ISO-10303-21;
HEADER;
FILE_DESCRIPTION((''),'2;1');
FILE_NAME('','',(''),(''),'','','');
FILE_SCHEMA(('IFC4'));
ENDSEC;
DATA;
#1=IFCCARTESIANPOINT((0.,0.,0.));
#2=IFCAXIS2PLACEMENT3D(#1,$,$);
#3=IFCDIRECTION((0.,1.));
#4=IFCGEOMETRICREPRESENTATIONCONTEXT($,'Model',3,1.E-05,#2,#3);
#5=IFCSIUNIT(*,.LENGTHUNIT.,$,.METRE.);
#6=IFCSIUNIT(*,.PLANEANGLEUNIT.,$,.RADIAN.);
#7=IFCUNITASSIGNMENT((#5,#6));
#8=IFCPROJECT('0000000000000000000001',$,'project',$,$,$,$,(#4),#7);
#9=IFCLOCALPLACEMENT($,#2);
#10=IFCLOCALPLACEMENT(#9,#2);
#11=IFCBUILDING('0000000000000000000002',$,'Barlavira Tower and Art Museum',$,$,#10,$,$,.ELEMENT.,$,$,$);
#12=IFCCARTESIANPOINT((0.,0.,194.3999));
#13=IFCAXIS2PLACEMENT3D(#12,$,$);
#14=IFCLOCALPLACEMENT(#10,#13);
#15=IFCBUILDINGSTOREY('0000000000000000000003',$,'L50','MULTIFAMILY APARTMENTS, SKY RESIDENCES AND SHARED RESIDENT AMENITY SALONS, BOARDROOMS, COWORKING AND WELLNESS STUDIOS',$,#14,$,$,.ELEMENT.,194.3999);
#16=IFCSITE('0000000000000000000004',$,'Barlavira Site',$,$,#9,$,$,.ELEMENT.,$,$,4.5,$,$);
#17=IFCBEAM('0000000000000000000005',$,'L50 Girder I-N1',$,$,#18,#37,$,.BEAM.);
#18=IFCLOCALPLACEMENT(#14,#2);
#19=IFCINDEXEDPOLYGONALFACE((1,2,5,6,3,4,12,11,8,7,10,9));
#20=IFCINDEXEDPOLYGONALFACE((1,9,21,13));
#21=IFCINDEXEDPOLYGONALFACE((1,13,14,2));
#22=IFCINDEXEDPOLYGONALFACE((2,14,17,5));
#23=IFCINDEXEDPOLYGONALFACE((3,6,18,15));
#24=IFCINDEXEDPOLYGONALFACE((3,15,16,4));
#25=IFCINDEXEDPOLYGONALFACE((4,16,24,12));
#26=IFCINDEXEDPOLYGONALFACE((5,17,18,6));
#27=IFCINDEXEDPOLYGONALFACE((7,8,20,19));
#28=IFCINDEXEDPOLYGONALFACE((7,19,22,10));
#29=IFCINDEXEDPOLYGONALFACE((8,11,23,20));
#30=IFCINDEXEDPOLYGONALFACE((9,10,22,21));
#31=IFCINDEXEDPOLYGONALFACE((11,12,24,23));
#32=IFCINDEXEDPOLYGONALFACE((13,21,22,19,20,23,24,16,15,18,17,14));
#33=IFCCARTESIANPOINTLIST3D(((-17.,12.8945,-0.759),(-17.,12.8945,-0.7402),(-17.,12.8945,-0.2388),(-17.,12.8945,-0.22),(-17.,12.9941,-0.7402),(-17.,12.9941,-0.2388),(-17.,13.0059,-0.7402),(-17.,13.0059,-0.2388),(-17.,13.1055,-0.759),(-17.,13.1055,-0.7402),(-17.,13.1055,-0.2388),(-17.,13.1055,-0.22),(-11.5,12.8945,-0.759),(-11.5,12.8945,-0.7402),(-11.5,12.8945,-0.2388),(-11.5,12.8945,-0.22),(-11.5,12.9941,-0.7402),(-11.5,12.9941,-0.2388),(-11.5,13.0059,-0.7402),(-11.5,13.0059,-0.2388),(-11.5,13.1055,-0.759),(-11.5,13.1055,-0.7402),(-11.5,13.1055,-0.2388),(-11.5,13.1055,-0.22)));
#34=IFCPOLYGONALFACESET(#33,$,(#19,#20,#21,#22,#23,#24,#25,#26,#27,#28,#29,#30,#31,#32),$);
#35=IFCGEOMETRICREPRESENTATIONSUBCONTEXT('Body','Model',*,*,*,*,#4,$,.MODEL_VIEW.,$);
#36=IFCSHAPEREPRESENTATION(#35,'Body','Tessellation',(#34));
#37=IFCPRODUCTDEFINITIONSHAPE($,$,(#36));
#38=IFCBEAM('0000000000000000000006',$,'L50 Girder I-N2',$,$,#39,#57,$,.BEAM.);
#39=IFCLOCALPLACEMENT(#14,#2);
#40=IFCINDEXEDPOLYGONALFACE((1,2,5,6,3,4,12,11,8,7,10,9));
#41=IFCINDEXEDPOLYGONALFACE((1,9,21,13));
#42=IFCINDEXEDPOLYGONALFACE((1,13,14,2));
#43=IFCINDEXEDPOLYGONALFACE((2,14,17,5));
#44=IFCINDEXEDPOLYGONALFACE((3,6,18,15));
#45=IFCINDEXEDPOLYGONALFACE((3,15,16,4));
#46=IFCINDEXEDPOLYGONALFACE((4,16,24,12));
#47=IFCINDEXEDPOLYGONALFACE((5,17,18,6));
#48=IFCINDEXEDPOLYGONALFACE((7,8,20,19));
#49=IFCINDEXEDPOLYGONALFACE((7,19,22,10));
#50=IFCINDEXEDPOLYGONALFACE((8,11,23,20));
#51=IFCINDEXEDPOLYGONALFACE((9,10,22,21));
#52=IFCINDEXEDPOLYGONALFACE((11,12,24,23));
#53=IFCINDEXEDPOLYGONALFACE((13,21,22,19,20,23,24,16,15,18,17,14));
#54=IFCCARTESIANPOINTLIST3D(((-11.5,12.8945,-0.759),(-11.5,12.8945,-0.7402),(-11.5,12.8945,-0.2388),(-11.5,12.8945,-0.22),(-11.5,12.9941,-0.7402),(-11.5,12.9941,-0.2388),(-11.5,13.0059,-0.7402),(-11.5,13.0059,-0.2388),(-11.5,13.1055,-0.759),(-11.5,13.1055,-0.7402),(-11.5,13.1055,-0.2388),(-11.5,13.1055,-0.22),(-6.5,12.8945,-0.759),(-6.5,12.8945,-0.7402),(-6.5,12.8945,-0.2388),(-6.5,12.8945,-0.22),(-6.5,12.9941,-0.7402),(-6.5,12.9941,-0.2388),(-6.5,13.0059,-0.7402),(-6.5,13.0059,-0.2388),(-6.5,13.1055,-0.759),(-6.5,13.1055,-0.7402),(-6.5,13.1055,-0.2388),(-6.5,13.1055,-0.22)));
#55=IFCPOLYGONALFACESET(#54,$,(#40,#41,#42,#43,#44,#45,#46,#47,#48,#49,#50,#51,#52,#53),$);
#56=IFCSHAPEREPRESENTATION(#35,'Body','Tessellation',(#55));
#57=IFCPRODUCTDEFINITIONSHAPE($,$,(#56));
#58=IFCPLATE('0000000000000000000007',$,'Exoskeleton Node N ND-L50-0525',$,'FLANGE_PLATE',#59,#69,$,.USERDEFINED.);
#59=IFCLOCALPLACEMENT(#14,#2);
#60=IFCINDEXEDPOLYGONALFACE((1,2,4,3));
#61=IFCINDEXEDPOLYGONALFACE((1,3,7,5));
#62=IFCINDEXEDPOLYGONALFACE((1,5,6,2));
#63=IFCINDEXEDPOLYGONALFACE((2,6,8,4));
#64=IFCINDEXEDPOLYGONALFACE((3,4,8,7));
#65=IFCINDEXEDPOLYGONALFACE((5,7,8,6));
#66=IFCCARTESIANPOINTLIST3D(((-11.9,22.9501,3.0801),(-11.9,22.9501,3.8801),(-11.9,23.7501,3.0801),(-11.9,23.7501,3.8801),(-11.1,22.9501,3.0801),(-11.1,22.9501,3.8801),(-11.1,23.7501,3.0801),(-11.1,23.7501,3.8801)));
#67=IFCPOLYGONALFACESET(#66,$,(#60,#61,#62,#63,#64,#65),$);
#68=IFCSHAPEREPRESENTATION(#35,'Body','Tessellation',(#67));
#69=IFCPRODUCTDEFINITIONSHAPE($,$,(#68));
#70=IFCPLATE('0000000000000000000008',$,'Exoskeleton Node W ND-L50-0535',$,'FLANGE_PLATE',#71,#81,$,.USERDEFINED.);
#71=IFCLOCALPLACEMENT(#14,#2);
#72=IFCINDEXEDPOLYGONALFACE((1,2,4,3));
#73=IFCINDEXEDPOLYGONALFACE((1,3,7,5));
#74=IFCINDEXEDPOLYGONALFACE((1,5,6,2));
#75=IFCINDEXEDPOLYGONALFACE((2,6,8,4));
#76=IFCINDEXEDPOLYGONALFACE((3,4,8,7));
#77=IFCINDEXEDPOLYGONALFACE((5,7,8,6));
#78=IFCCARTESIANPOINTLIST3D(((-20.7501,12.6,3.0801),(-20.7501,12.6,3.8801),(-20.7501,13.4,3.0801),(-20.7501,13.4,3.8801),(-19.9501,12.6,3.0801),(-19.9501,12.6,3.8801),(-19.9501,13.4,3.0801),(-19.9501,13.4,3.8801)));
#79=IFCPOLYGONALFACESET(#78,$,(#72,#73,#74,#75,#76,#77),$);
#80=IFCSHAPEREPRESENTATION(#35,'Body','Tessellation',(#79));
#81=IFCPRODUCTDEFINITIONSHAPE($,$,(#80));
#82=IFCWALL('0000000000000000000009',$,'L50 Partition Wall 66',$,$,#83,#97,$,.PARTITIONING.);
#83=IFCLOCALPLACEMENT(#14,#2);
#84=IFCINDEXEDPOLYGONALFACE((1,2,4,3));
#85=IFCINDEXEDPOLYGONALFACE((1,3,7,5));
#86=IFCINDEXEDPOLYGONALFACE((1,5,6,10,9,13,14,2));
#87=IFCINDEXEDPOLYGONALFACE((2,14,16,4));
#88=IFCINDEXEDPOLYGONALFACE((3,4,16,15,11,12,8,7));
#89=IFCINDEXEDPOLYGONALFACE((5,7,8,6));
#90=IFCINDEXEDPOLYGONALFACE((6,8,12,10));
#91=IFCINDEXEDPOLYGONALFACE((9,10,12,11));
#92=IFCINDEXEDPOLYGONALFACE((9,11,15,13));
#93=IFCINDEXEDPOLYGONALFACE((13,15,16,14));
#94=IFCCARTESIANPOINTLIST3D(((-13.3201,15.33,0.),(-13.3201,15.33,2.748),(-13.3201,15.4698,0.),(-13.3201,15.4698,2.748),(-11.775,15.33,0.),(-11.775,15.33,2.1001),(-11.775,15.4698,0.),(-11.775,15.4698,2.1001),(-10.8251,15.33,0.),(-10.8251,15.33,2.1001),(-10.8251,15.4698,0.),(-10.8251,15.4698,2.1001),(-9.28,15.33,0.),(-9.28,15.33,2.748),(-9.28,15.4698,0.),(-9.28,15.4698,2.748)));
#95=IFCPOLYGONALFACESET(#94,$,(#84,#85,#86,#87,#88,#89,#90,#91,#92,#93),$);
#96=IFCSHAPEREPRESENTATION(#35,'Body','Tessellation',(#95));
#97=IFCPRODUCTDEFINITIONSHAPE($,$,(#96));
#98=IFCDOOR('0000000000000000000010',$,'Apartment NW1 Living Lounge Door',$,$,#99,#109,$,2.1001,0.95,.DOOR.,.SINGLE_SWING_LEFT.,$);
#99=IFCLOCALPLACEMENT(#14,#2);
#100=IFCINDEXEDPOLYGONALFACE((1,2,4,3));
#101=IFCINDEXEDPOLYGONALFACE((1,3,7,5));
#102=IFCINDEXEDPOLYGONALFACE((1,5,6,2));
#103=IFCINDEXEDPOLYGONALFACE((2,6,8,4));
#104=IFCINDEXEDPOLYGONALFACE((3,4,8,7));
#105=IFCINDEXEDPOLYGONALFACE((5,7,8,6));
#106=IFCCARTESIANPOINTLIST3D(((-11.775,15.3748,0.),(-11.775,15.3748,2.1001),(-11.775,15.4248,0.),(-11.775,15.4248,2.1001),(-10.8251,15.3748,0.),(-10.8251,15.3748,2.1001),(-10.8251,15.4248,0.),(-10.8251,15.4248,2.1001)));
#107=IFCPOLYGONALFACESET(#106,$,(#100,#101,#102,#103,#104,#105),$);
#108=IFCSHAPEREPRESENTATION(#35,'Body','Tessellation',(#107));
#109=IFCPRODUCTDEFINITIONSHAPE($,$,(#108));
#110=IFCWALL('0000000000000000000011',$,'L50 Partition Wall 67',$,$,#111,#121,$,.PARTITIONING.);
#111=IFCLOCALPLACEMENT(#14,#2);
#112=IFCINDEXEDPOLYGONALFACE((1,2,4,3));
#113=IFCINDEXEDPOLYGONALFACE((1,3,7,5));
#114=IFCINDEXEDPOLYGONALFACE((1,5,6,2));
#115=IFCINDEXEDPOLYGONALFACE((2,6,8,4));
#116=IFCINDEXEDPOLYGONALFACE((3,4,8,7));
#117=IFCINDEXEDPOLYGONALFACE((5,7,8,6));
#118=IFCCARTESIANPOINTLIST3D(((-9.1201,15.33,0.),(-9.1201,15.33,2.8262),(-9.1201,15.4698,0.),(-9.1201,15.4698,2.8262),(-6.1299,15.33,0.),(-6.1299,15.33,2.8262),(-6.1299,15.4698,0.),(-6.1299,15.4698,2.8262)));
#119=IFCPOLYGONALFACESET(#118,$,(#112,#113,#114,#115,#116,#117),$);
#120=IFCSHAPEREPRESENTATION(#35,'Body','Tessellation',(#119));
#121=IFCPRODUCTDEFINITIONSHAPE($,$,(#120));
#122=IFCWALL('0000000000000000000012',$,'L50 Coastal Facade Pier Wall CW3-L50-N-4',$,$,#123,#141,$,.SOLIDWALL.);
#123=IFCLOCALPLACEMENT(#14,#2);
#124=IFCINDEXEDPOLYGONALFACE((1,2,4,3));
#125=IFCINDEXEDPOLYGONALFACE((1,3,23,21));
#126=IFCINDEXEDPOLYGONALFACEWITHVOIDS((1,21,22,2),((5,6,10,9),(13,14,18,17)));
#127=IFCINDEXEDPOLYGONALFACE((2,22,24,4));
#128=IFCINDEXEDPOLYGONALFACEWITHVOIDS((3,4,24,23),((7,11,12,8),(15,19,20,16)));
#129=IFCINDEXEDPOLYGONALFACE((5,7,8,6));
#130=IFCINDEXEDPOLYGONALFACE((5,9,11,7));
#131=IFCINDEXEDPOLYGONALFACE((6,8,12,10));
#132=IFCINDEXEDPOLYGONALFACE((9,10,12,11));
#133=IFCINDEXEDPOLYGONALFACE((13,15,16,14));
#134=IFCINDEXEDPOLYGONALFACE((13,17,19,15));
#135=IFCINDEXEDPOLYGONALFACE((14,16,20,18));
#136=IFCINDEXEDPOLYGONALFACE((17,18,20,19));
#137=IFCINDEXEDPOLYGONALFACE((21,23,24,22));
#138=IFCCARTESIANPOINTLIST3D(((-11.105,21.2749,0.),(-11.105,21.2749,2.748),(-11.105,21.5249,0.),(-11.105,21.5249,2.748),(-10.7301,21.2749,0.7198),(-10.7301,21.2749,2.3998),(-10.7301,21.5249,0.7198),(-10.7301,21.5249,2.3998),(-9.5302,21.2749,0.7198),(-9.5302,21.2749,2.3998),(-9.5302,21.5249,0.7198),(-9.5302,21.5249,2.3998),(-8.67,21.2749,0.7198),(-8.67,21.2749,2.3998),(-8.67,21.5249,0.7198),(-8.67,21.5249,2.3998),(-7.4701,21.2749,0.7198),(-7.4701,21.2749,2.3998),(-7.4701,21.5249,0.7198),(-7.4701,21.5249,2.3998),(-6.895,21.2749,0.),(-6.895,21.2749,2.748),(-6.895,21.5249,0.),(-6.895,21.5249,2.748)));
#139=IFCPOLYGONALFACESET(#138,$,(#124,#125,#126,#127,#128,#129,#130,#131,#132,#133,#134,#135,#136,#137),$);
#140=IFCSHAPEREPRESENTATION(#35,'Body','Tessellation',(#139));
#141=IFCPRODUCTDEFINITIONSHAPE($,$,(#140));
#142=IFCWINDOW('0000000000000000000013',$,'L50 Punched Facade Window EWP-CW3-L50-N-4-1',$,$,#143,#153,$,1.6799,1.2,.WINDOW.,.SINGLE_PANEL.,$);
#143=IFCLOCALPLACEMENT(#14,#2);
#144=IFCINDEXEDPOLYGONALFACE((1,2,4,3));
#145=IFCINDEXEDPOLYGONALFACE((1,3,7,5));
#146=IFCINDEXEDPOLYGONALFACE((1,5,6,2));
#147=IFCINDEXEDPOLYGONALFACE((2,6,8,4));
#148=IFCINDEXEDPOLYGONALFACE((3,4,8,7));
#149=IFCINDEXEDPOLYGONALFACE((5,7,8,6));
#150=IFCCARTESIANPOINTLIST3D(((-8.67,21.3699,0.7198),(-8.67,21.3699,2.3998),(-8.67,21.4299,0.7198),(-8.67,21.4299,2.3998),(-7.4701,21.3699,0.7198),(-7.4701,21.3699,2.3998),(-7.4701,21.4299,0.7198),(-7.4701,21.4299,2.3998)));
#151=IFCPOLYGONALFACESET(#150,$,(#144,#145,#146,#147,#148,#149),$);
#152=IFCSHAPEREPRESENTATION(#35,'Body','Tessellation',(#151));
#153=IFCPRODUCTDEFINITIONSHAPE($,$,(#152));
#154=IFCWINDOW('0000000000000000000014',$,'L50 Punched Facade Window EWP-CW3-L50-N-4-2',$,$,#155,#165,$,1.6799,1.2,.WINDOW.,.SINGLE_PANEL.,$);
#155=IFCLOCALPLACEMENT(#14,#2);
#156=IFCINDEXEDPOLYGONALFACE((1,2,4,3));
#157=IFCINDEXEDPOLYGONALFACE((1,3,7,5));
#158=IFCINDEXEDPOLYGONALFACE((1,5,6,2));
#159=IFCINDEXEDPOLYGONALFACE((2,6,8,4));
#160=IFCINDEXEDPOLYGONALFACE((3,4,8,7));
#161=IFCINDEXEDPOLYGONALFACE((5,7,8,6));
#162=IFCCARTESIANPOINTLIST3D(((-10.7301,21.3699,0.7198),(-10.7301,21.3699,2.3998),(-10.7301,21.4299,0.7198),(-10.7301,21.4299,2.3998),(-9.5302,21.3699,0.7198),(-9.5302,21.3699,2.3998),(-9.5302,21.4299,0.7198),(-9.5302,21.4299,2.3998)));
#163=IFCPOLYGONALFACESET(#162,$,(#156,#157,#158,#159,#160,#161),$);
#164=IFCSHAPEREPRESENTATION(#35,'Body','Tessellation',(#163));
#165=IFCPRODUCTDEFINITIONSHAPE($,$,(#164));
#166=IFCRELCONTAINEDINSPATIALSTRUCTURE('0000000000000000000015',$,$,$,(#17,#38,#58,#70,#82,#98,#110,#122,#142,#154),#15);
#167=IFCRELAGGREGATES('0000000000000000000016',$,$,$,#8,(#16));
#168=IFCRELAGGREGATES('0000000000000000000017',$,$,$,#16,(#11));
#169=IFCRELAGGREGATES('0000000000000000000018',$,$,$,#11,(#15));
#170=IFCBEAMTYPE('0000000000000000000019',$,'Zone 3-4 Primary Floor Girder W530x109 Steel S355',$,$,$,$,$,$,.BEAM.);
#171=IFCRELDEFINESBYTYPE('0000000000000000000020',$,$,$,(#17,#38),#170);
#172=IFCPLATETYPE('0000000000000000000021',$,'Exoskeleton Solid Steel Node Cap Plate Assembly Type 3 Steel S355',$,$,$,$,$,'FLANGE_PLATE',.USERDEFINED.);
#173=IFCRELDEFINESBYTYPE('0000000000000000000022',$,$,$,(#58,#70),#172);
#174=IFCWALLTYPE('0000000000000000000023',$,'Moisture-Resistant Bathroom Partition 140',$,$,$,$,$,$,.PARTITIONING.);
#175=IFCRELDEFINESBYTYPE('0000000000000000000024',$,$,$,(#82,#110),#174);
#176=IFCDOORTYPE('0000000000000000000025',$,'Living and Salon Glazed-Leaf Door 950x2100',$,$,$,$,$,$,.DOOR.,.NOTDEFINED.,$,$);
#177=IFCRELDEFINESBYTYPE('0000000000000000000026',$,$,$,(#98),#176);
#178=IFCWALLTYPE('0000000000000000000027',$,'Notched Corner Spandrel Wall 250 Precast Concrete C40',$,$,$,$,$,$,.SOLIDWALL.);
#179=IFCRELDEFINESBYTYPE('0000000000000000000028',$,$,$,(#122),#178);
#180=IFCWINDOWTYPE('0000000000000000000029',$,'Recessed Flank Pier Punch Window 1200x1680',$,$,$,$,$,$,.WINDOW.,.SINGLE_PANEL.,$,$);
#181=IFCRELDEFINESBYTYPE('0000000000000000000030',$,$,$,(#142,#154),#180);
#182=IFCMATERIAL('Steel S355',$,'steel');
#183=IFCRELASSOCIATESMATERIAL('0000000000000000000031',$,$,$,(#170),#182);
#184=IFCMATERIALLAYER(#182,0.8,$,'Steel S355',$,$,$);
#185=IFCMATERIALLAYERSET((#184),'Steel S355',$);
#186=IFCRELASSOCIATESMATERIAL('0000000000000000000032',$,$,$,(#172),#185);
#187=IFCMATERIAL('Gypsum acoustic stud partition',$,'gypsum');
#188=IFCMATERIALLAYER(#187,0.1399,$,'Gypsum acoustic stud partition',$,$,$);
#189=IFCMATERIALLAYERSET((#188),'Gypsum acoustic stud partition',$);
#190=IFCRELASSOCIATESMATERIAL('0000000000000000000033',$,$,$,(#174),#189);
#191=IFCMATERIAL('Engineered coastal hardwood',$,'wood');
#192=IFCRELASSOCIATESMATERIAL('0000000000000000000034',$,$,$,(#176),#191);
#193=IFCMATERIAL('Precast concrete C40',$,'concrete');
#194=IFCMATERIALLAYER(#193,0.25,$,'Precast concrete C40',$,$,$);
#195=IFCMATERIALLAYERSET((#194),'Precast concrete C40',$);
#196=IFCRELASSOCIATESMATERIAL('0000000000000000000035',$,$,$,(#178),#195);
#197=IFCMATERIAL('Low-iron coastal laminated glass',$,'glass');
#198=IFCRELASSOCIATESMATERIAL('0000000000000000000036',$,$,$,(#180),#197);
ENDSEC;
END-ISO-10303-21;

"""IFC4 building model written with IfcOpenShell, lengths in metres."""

from ifc_helpers import new_model, si_unit, direction, frame, frame_2d, origin, origin_2d, place, context, subcontext, project, spatial, rectangle, i_section, extrude, material, layer, layer_set, material_profile, profile_set, type_object, element, fill, save


model = new_model("IFC4")

# Units and contexts
model_context = context("Model", 3, precision=1e-05, world=origin(), true_north=direction((0.0, 1.0)))
body_context = subcontext(model_context, "Body", "Model", "MODEL_VIEW")
ifc_project = project(units=[si_unit("LENGTHUNIT", "METRE"), si_unit("PLANEANGLEUNIT", "RADIAN")], contexts=[model_context])

# Site, building, storey
site_placement = place(None, origin())
site = spatial("IfcSite", under=ifc_project, at=site_placement, Name="Barlavira Site", CompositionType="ELEMENT", RefElevation=4.5)
building_placement = place(site_placement, origin())
building = spatial("IfcBuilding", under=site, at=building_placement, Name="Barlavira Tower and Art Museum", CompositionType="ELEMENT")
storey_placement = place(building_placement, frame((0.0, 0.0, 194.3999)))
storey = spatial("IfcBuildingStorey", under=building, at=storey_placement, Name="L50", Description="MULTIFAMILY APARTMENTS, SKY RESIDENCES AND SHARED RESIDENT AMENITY SALONS, BOARDROOMS, COWORKING AND WELLNESS STUDIOS", CompositionType="ELEMENT", Elevation=194.3999)

# Beams
ifc_material_1 = material(Name="Steel S355", Category="steel")
ifc_material_profile_1 = material_profile(ifc_material_1, i_section(OverallWidth=0.2109, OverallDepth=0.5391, WebThickness=0.0117, FlangeThickness=0.0188, at=origin_2d()), Name="W530x109.0")
ifc_profile_set_1 = profile_set([ifc_material_profile_1], Name="Steel S355")
beam_type_1 = type_object("IfcBeamType", Name="Zone 3-4 Primary Floor Girder W530x109 Steel S355", PredefinedType="BEAM", material=ifc_profile_set_1)
beam_1_placement = place(storey_placement, frame((-17.0, 13.0, -0.4895), z_axis=(1.0, 0.0, 0.0), x_axis=(0.0, 1.0, 0.0)))
element("IfcBeam", 1, at=beam_1_placement, inside=storey, type_object=beam_type_1, Name="L50 Girder I-N1", PredefinedType="BEAM", context=body_context, shape_type="SweptSolid", body=[
    extrude(i_section(OverallWidth=0.2109, OverallDepth=0.5391, WebThickness=0.0117, FlangeThickness=0.0188, at=origin_2d()), origin(), (0.0, 0.0, 1.0), 5.5),
])
beam_2_placement = place(storey_placement, frame((-11.5, 13.0, -0.4895), z_axis=(1.0, 0.0, 0.0), x_axis=(0.0, 1.0, 0.0)))
element("IfcBeam", 2, at=beam_2_placement, inside=storey, type_object=beam_type_1, Name="L50 Girder I-N2", PredefinedType="BEAM", context=body_context, shape_type="SweptSolid", body=[
    extrude(i_section(OverallWidth=0.2109, OverallDepth=0.5391, WebThickness=0.0117, FlangeThickness=0.0188, at=origin_2d()), origin(), (0.0, 0.0, 1.0), 5.0),
])

# Plates
ifc_layer_1 = layer(ifc_material_1, 0.8, Name="Steel S355")
ifc_layer_set_1 = layer_set([ifc_layer_1], Name="Steel S355")
plate_type = type_object("IfcPlateType", Name="Exoskeleton Solid Steel Node Cap Plate Assembly Type 3 Steel S355", ElementType="FLANGE_PLATE", PredefinedType="USERDEFINED", material=ifc_layer_set_1)
for number, where, z_axis, x_axis, name in (
    (3, (-11.5, 23.3501, 3.0801), (0.0, 0.0, 1.0), (1.0, 0.0, 0.0), "Exoskeleton Node N ND-L50-0525"),
    (4, (-20.3501, 13.0, 3.0801), (0.0, 0.0, 1.0), (1.0, 0.0, 0.0), "Exoskeleton Node W ND-L50-0535"),
):
    element("IfcPlate", number, at=place(storey_placement, frame(where, z_axis=z_axis, x_axis=x_axis)), inside=storey, type_object=plate_type, Name=name, ObjectType="FLANGE_PLATE", PredefinedType="USERDEFINED", context=body_context, shape_type="SweptSolid", body=[
        extrude(rectangle(XDim=0.8, YDim=0.8, at=origin_2d()), origin(), (0.0, 0.0, 1.0), 0.8),
    ])

# Wall, opening, door
ifc_material_2 = material(Name="Gypsum acoustic stud partition", Category="gypsum")
ifc_layer_2 = layer(ifc_material_2, 0.1399, Name="Gypsum acoustic stud partition")
ifc_layer_set_2 = layer_set([ifc_layer_2], Name="Gypsum acoustic stud partition")
wall_type_1 = type_object("IfcWallType", Name="Moisture-Resistant Bathroom Partition 140", PredefinedType="PARTITIONING", material=ifc_layer_set_2)
wall_1_placement = place(storey_placement, frame((-13.3201, 15.3999, 0.0), z_axis=(0.0, 0.0, 1.0), x_axis=(1.0, 0.0, 0.0)))
wall_1 = element("IfcWall", 5, at=wall_1_placement, inside=storey, type_object=wall_type_1, Name="L50 Partition Wall 66", PredefinedType="PARTITIONING", context=body_context, shape_type="SweptSolid", body=[
    extrude(rectangle(XDim=4.04, YDim=0.1399, at=frame_2d((2.02, 0.0))), origin(), (0.0, 0.0, 1.0), 2.748),
])
opening_1_placement = place(wall_1_placement, frame((1.5449, 0.0, 0.0)))
opening_1 = element("IfcOpeningElement", 6, at=opening_1_placement, cuts=wall_1, PredefinedType="OPENING", context=body_context, shape_type="SweptSolid", body=[
    extrude(rectangle(XDim=0.95, YDim=2.1001, at=frame_2d((0.4751, 1.05))), frame((0.0, 0.0801, 0.0), z_axis=(0.0, -1.0, 0.0), x_axis=(1.0, 0.0, 0.0)), (0.0, 0.0, 1.0), 0.1599),
])
ifc_material_3 = material(Name="Engineered coastal hardwood", Category="wood")
door_type = type_object("IfcDoorType", Name="Living and Salon Glazed-Leaf Door 950x2100", OperationType="NOTDEFINED", PredefinedType="DOOR", material=ifc_material_3)
door_placement = place(opening_1_placement, origin())
door = element("IfcDoor", 7, at=door_placement, inside=storey, type_object=door_type, Name="Apartment NW1 Living Lounge Door", OperationType="SINGLE_SWING_LEFT", OverallHeight=2.1001, OverallWidth=0.95, PredefinedType="DOOR", context=body_context, shape_type="SweptSolid", body=[
    extrude(rectangle(XDim=0.95, YDim=2.1001, at=frame_2d((0.4751, 1.05))), frame((0.0, 0.0249, 0.0), z_axis=(0.0, -1.0, 0.0), x_axis=(1.0, 0.0, 0.0)), (0.0, 0.0, 1.0), 0.05),
])
fill(opening_1, door)

# Wall
wall_2_placement = place(storey_placement, frame((-9.1201, 15.3999, 0.0), z_axis=(0.0, 0.0, 1.0), x_axis=(1.0, 0.0, 0.0)))
element("IfcWall", 8, at=wall_2_placement, inside=storey, type_object=wall_type_1, Name="L50 Partition Wall 67", PredefinedType="PARTITIONING", context=body_context, shape_type="SweptSolid", body=[
    extrude(rectangle(XDim=2.9902, YDim=0.1399, at=frame_2d((1.4951, 0.0))), origin(), (0.0, 0.0, 1.0), 2.8262),
])

# Wall, openings, windows
ifc_material_4 = material(Name="Precast concrete C40", Category="concrete")
ifc_layer_3 = layer(ifc_material_4, 0.25, Name="Precast concrete C40")
ifc_layer_set_3 = layer_set([ifc_layer_3], Name="Precast concrete C40")
wall_type_2 = type_object("IfcWallType", Name="Notched Corner Spandrel Wall 250 Precast Concrete C40", PredefinedType="SOLIDWALL", material=ifc_layer_set_3)
wall_3_placement = place(storey_placement, frame((-6.895, 21.3999, 0.0), z_axis=(0.0, 0.0, 1.0), x_axis=(-1.0, 0.0, 0.0)))
wall_3 = element("IfcWall", 9, at=wall_3_placement, inside=storey, type_object=wall_type_2, Name="L50 Coastal Facade Pier Wall CW3-L50-N-4", PredefinedType="SOLIDWALL", context=body_context, shape_type="SweptSolid", body=[
    extrude(rectangle(XDim=4.21, YDim=0.25, at=frame_2d((2.105, 0.0))), origin(), (0.0, 0.0, 1.0), 2.748),
])
opening_2_placement = place(wall_3_placement, frame((0.575, 0.0, 0.72)))
opening_2 = element("IfcOpeningElement", 10, at=opening_2_placement, cuts=wall_3, PredefinedType="OPENING", context=body_context, shape_type="SweptSolid", body=[
    extrude(rectangle(XDim=1.2, YDim=1.6799, at=frame_2d((0.6001, 0.8398))), frame((0.0, 0.135, 0.0), z_axis=(0.0, -1.0, 0.0), x_axis=(1.0, 0.0, 0.0)), (0.0, 0.0, 1.0), 0.27),
])
opening_3_placement = place(wall_3_placement, frame((2.635, 0.0, 0.72)))
opening_3 = element("IfcOpeningElement", 11, at=opening_3_placement, cuts=wall_3, PredefinedType="OPENING", context=body_context, shape_type="SweptSolid", body=[
    extrude(rectangle(XDim=1.2, YDim=1.6799, at=frame_2d((0.6001, 0.8398))), frame((0.0, 0.135, 0.0), z_axis=(0.0, -1.0, 0.0), x_axis=(1.0, 0.0, 0.0)), (0.0, 0.0, 1.0), 0.27),
])
ifc_material_5 = material(Name="Low-iron coastal laminated glass", Category="glass")
window_type_1 = type_object("IfcWindowType", Name="Recessed Flank Pier Punch Window 1200x1680", PartitioningType="SINGLE_PANEL", PredefinedType="WINDOW", material=ifc_material_5)
window_1_placement = place(opening_2_placement, origin())
window_1 = element("IfcWindow", 12, at=window_1_placement, inside=storey, type_object=window_type_1, Name="L50 Punched Facade Window EWP-CW3-L50-N-4-1", OverallHeight=1.6799, OverallWidth=1.2, PartitioningType="SINGLE_PANEL", PredefinedType="WINDOW", context=body_context, shape_type="SweptSolid", body=[
    extrude(rectangle(XDim=1.2, YDim=1.6799, at=frame_2d((0.6001, 0.8398))), frame((0.0, 0.03, 0.0), z_axis=(0.0, -1.0, 0.0), x_axis=(1.0, 0.0, 0.0)), (0.0, 0.0, 1.0), 0.0601),
])
fill(opening_2, window_1)
window_2_placement = place(opening_3_placement, origin())
window_2 = element("IfcWindow", 13, at=window_2_placement, inside=storey, type_object=window_type_1, Name="L50 Punched Facade Window EWP-CW3-L50-N-4-2", OverallHeight=1.6799, OverallWidth=1.2, PartitioningType="SINGLE_PANEL", PredefinedType="WINDOW", context=body_context, shape_type="SweptSolid", body=[
    extrude(rectangle(XDim=1.2, YDim=1.6799, at=frame_2d((0.6001, 0.8398))), frame((0.0, 0.03, 0.0), z_axis=(0.0, -1.0, 0.0), x_axis=(1.0, 0.0, 0.0)), (0.0, 0.0, 1.0), 0.0601),
])
fill(opening_3, window_2)

save(model, "model.ifc")
